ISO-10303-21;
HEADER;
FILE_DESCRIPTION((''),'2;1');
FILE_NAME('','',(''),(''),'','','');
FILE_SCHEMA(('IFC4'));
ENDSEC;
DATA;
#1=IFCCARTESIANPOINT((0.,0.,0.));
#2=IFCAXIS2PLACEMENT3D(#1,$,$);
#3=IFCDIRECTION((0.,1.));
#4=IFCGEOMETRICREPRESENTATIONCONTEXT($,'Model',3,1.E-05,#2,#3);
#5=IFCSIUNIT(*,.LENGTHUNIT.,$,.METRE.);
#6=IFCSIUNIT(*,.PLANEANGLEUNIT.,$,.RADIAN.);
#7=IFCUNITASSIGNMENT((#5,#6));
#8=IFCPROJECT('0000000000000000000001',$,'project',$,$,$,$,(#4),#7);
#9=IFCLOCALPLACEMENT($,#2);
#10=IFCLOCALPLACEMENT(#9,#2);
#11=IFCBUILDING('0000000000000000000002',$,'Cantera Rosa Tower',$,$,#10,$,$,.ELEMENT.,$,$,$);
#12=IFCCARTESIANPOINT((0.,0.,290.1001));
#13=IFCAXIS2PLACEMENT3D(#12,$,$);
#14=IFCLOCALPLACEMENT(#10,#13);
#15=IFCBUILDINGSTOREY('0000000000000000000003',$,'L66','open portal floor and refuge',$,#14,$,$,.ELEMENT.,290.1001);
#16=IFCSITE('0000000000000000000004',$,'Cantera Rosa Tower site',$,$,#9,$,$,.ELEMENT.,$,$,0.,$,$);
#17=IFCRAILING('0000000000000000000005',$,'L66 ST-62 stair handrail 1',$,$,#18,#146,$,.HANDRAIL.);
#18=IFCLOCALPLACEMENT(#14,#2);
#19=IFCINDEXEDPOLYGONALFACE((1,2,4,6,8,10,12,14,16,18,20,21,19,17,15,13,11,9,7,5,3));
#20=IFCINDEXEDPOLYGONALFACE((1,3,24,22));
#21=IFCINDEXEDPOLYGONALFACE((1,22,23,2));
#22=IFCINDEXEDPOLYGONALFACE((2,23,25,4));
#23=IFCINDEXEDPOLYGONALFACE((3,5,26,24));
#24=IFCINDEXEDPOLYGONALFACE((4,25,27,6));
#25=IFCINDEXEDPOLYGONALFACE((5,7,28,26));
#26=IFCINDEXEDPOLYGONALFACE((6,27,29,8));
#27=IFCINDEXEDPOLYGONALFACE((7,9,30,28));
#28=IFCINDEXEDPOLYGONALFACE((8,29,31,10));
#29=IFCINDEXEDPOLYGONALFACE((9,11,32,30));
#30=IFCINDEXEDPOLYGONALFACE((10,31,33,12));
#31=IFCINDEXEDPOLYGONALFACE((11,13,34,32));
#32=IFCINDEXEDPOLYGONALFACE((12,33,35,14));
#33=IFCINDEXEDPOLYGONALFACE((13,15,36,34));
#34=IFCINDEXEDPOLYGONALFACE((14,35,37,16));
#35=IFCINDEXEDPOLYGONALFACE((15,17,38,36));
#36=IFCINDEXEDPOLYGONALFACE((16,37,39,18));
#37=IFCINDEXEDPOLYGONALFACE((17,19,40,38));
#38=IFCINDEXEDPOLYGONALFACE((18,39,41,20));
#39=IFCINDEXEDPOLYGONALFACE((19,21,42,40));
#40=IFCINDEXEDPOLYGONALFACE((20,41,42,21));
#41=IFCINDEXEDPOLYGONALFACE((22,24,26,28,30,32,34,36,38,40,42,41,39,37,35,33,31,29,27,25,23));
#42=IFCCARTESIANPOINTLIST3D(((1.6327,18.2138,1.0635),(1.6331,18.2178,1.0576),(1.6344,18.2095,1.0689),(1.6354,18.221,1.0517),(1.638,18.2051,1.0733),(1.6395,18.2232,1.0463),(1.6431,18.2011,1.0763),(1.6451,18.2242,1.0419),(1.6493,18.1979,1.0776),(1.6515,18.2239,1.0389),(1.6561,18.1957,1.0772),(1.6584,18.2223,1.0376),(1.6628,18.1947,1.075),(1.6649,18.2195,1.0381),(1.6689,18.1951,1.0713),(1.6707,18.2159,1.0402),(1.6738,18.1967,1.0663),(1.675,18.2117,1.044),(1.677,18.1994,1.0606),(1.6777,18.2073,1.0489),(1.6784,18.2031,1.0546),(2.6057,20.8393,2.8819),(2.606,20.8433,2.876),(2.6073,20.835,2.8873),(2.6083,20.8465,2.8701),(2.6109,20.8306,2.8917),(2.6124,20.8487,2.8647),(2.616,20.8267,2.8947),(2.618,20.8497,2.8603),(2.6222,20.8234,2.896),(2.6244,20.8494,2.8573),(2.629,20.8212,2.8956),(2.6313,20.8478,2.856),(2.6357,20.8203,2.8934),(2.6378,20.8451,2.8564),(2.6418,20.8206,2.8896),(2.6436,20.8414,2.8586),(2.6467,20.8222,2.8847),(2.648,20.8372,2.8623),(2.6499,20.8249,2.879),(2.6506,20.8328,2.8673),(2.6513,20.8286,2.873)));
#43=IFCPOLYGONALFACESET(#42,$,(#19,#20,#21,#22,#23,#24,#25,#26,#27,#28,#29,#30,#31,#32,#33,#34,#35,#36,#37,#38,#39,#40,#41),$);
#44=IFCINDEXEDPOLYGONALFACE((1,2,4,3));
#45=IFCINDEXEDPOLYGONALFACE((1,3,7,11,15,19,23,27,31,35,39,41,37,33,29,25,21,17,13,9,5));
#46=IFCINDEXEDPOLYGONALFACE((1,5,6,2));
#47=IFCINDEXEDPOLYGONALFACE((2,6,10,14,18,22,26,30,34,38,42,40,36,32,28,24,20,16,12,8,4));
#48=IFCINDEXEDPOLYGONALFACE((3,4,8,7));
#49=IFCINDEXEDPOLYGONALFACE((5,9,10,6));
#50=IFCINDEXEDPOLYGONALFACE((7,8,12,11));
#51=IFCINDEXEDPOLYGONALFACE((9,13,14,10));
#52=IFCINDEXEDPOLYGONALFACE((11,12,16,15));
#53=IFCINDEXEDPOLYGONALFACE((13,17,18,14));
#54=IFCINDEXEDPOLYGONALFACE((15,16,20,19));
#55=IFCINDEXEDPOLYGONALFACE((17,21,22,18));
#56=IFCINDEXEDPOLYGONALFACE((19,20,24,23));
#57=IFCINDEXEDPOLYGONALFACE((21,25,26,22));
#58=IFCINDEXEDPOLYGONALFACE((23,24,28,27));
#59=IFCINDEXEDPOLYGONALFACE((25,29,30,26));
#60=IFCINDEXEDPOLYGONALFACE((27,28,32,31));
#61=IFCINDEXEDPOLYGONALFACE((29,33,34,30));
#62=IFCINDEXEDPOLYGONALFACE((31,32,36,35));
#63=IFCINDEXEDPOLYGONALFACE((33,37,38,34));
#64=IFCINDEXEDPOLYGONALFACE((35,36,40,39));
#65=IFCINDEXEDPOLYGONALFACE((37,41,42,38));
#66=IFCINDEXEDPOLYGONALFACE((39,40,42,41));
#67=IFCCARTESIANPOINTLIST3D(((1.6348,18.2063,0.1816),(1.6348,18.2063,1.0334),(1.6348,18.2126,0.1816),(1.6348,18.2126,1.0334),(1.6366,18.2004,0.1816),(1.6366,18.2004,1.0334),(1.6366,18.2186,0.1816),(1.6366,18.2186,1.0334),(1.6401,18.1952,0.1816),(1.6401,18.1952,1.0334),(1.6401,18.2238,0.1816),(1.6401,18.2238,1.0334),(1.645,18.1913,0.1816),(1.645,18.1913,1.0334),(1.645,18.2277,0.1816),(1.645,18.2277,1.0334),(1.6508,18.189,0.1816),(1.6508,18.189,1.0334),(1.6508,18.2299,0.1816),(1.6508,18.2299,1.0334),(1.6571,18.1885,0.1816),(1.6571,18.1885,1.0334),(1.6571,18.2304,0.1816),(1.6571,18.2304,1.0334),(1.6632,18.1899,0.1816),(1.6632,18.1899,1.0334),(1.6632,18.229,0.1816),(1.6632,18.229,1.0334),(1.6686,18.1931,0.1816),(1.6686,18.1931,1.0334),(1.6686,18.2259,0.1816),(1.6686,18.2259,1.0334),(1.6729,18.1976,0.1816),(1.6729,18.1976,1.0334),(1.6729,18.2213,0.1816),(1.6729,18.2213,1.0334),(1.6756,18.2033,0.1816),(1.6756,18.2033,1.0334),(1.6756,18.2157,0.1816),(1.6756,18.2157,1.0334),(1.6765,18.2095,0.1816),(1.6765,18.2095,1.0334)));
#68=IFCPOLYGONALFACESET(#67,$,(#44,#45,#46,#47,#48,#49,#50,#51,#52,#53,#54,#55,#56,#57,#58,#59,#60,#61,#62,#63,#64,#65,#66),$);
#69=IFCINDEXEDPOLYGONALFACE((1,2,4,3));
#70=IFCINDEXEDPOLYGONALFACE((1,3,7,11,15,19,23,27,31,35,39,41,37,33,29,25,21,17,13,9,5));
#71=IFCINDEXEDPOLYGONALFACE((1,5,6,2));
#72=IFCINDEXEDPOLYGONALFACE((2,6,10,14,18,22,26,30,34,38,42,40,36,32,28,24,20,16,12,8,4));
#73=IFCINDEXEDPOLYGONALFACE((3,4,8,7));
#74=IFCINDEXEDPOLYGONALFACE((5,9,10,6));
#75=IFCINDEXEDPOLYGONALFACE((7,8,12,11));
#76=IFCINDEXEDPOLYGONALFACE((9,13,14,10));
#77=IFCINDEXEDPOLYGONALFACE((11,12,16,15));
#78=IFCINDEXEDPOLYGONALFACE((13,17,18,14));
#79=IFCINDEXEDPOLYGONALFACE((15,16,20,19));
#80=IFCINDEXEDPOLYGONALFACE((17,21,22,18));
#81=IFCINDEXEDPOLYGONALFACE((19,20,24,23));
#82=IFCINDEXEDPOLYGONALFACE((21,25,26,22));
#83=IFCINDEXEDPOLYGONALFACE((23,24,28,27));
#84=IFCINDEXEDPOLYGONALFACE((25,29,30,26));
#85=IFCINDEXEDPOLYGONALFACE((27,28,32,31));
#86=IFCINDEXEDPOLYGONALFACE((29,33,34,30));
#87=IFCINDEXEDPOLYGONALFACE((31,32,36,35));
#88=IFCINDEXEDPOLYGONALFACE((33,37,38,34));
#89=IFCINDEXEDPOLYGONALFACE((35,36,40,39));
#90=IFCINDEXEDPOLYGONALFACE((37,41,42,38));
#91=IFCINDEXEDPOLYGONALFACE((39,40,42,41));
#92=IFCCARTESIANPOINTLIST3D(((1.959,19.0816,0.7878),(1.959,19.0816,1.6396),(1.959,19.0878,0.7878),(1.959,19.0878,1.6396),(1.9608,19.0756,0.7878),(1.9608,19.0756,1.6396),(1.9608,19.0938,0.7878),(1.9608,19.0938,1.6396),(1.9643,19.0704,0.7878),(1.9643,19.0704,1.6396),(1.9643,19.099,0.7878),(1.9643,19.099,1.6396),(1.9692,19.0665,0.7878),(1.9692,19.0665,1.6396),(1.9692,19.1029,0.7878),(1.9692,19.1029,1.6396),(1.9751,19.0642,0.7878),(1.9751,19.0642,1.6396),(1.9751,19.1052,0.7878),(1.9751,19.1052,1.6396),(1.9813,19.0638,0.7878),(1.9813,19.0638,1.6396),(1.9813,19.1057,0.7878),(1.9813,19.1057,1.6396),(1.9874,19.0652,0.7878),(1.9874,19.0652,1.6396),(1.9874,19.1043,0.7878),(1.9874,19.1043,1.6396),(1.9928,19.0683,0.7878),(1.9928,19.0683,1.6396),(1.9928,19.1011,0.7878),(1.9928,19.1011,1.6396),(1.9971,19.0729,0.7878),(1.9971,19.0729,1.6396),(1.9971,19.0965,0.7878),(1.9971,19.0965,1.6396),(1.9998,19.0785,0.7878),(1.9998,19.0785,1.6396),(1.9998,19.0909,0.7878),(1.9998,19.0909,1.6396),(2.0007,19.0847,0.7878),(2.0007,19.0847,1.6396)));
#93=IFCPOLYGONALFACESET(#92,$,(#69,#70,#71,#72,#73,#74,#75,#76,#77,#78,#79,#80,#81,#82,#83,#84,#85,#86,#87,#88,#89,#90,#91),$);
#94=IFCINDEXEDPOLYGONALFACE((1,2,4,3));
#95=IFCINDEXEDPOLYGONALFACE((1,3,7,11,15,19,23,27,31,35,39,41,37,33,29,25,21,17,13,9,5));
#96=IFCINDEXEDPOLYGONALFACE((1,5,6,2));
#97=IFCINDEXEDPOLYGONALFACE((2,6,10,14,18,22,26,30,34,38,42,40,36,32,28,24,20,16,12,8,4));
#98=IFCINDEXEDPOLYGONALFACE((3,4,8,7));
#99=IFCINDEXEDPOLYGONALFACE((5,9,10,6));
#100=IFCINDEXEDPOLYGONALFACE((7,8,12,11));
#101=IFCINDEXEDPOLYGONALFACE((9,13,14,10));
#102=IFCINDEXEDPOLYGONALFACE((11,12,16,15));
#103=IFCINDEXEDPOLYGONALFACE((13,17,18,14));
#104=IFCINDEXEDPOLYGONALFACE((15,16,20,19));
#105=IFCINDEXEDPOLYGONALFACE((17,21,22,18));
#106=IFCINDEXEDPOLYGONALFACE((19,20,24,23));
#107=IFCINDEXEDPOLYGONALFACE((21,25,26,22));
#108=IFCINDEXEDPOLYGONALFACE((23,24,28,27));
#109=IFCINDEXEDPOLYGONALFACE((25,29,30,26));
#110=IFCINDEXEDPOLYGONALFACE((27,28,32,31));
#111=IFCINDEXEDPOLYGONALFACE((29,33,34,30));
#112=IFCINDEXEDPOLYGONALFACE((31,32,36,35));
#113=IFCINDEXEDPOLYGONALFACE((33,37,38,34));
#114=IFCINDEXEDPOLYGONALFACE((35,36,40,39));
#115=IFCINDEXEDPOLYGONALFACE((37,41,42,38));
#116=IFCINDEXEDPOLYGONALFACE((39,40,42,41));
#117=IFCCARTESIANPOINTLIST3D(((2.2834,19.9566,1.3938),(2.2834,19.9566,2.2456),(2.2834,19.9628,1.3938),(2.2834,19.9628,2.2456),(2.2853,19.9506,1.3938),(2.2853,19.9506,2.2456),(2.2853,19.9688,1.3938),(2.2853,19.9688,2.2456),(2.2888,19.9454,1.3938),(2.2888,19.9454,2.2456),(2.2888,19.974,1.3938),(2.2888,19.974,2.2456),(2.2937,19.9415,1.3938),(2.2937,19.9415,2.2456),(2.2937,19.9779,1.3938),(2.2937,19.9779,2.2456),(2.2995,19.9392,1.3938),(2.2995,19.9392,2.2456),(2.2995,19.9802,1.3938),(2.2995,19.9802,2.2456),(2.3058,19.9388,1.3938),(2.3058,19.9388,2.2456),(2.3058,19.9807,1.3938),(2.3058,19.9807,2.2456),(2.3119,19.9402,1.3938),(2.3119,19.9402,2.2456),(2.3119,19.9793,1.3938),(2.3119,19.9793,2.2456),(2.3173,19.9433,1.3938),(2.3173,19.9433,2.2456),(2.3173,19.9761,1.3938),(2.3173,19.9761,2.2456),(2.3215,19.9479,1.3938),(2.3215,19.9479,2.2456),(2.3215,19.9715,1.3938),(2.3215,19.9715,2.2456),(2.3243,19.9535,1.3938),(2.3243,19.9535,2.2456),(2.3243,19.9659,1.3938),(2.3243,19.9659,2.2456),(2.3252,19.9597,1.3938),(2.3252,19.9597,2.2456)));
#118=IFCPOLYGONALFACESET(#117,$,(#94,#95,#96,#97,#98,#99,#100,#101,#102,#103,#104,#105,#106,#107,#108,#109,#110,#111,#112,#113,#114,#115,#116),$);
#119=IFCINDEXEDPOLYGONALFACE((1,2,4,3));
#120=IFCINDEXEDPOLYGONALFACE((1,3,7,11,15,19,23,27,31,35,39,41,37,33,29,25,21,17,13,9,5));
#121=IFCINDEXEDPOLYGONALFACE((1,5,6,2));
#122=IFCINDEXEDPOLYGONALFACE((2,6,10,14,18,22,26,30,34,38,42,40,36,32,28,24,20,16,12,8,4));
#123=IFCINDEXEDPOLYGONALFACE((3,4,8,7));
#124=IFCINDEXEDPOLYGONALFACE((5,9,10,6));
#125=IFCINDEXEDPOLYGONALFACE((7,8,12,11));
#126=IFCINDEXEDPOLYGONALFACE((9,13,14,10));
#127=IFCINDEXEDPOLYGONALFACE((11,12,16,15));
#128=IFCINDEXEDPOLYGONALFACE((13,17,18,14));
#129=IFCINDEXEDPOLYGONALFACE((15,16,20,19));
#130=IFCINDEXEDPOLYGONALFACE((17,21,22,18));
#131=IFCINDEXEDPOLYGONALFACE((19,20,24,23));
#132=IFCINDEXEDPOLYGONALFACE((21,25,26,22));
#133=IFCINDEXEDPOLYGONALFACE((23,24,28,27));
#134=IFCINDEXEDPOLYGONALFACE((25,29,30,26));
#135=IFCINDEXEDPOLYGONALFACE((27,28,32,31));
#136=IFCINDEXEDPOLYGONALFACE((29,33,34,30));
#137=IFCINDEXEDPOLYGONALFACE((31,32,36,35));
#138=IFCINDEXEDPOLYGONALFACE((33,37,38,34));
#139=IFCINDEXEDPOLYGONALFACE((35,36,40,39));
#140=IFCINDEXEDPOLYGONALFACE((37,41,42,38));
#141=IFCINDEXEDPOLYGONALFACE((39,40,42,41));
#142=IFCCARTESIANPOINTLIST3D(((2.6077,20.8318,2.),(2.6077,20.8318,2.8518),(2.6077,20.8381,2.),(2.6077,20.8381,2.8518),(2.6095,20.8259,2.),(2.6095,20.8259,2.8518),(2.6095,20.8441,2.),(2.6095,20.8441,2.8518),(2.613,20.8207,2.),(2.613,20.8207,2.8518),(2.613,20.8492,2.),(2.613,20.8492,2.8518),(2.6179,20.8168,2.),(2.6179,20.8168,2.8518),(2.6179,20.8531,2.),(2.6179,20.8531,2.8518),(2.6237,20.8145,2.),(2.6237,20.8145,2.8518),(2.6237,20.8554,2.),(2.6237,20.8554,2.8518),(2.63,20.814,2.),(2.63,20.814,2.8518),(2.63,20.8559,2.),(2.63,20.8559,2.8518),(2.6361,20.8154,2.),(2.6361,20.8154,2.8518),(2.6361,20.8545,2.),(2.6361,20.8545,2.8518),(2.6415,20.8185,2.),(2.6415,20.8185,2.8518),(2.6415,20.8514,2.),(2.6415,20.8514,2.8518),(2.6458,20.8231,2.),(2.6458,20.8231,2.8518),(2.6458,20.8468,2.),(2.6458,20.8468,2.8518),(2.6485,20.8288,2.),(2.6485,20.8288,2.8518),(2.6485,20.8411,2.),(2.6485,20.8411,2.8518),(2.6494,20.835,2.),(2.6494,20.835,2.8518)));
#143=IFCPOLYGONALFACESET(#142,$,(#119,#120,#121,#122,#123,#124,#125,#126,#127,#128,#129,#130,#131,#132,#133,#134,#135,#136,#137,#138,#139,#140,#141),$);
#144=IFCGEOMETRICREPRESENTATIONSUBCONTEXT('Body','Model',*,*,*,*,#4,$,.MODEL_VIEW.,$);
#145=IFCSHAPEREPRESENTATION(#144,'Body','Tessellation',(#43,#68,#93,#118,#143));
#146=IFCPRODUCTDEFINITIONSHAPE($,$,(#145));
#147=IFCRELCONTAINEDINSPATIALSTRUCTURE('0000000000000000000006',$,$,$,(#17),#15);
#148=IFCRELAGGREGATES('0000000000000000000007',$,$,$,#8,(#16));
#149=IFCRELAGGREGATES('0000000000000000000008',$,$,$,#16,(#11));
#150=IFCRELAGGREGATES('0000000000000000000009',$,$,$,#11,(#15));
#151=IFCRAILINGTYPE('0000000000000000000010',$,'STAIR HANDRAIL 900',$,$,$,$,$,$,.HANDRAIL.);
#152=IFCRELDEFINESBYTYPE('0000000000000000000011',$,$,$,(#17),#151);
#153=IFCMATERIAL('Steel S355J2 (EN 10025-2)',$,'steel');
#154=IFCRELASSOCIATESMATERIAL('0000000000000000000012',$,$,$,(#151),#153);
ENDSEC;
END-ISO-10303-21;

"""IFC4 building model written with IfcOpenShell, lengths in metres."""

from ifc_helpers import new_model, si_unit, direction, frame, origin, origin_2d, place, context, subcontext, project, spatial, circle, extrude, material, type_object, element, save


model = new_model("IFC4")

# Units and contexts
model_context = context("Model", 3, precision=1e-05, world=origin(), true_north=direction((0.0, 1.0)))
body_context = subcontext(model_context, "Body", "Model", "MODEL_VIEW")
ifc_project = project(units=[si_unit("LENGTHUNIT", "METRE"), si_unit("PLANEANGLEUNIT", "RADIAN")], contexts=[model_context])

# Site, building, storey
site_placement = place(None, origin())
site = spatial("IfcSite", under=ifc_project, at=site_placement, Name="Cantera Rosa Tower site", CompositionType="ELEMENT", RefElevation=0.0)
building_placement = place(site_placement, origin())
building = spatial("IfcBuilding", under=site, at=building_placement, Name="Cantera Rosa Tower", CompositionType="ELEMENT")
storey_placement = place(building_placement, frame((0.0, 0.0, 290.1001)))
storey = spatial("IfcBuildingStorey", under=building, at=storey_placement, Name="L66", Description="open portal floor and refuge", CompositionType="ELEMENT", Elevation=290.1001)

# Railing
ifc_material_1 = material(Name="Steel S355J2 (EN 10025-2)", Category="steel")
railing_type_1 = type_object("IfcRailingType", Name="STAIR HANDRAIL 900", PredefinedType="HANDRAIL", material=ifc_material_1)
for number, where, name in (
    (1, (1.6555, 18.2095, 0.1816), "L66 ST-62 stair handrail 1"),
):
    element("IfcRailing", number, at=place(storey_placement, frame(where)), inside=storey, type_object=railing_type_1, Name=name, PredefinedType="HANDRAIL", context=body_context, shape_type="SweptSolid", body=[
        extrude(circle(Radius=0.0239, at=origin_2d()), frame((0.0, 0.0, 0.876), z_axis=(0.291411, 0.786407, 0.54465), x_axis=(-0.937691, 0.347471, 0.0)), (0.0, 0.0, 1.0), 3.3386),
        extrude(circle(Radius=0.021, at=origin_2d()), origin(), (0.0, 0.0, 1.0), 0.8518),
        extrude(circle(Radius=0.021, at=origin_2d()), frame((0.3242, 0.8752, 0.6062)), (0.0, 0.0, 1.0), 0.8518),
        extrude(circle(Radius=0.021, at=origin_2d()), frame((0.6487, 1.7502, 1.2122)), (0.0, 0.0, 1.0), 0.8518),
        extrude(circle(Radius=0.021, at=origin_2d()), frame((0.9729, 2.6255, 1.8184)), (0.0, 0.0, 1.0), 0.8518),
    ])

save(model, "model.ifc")
